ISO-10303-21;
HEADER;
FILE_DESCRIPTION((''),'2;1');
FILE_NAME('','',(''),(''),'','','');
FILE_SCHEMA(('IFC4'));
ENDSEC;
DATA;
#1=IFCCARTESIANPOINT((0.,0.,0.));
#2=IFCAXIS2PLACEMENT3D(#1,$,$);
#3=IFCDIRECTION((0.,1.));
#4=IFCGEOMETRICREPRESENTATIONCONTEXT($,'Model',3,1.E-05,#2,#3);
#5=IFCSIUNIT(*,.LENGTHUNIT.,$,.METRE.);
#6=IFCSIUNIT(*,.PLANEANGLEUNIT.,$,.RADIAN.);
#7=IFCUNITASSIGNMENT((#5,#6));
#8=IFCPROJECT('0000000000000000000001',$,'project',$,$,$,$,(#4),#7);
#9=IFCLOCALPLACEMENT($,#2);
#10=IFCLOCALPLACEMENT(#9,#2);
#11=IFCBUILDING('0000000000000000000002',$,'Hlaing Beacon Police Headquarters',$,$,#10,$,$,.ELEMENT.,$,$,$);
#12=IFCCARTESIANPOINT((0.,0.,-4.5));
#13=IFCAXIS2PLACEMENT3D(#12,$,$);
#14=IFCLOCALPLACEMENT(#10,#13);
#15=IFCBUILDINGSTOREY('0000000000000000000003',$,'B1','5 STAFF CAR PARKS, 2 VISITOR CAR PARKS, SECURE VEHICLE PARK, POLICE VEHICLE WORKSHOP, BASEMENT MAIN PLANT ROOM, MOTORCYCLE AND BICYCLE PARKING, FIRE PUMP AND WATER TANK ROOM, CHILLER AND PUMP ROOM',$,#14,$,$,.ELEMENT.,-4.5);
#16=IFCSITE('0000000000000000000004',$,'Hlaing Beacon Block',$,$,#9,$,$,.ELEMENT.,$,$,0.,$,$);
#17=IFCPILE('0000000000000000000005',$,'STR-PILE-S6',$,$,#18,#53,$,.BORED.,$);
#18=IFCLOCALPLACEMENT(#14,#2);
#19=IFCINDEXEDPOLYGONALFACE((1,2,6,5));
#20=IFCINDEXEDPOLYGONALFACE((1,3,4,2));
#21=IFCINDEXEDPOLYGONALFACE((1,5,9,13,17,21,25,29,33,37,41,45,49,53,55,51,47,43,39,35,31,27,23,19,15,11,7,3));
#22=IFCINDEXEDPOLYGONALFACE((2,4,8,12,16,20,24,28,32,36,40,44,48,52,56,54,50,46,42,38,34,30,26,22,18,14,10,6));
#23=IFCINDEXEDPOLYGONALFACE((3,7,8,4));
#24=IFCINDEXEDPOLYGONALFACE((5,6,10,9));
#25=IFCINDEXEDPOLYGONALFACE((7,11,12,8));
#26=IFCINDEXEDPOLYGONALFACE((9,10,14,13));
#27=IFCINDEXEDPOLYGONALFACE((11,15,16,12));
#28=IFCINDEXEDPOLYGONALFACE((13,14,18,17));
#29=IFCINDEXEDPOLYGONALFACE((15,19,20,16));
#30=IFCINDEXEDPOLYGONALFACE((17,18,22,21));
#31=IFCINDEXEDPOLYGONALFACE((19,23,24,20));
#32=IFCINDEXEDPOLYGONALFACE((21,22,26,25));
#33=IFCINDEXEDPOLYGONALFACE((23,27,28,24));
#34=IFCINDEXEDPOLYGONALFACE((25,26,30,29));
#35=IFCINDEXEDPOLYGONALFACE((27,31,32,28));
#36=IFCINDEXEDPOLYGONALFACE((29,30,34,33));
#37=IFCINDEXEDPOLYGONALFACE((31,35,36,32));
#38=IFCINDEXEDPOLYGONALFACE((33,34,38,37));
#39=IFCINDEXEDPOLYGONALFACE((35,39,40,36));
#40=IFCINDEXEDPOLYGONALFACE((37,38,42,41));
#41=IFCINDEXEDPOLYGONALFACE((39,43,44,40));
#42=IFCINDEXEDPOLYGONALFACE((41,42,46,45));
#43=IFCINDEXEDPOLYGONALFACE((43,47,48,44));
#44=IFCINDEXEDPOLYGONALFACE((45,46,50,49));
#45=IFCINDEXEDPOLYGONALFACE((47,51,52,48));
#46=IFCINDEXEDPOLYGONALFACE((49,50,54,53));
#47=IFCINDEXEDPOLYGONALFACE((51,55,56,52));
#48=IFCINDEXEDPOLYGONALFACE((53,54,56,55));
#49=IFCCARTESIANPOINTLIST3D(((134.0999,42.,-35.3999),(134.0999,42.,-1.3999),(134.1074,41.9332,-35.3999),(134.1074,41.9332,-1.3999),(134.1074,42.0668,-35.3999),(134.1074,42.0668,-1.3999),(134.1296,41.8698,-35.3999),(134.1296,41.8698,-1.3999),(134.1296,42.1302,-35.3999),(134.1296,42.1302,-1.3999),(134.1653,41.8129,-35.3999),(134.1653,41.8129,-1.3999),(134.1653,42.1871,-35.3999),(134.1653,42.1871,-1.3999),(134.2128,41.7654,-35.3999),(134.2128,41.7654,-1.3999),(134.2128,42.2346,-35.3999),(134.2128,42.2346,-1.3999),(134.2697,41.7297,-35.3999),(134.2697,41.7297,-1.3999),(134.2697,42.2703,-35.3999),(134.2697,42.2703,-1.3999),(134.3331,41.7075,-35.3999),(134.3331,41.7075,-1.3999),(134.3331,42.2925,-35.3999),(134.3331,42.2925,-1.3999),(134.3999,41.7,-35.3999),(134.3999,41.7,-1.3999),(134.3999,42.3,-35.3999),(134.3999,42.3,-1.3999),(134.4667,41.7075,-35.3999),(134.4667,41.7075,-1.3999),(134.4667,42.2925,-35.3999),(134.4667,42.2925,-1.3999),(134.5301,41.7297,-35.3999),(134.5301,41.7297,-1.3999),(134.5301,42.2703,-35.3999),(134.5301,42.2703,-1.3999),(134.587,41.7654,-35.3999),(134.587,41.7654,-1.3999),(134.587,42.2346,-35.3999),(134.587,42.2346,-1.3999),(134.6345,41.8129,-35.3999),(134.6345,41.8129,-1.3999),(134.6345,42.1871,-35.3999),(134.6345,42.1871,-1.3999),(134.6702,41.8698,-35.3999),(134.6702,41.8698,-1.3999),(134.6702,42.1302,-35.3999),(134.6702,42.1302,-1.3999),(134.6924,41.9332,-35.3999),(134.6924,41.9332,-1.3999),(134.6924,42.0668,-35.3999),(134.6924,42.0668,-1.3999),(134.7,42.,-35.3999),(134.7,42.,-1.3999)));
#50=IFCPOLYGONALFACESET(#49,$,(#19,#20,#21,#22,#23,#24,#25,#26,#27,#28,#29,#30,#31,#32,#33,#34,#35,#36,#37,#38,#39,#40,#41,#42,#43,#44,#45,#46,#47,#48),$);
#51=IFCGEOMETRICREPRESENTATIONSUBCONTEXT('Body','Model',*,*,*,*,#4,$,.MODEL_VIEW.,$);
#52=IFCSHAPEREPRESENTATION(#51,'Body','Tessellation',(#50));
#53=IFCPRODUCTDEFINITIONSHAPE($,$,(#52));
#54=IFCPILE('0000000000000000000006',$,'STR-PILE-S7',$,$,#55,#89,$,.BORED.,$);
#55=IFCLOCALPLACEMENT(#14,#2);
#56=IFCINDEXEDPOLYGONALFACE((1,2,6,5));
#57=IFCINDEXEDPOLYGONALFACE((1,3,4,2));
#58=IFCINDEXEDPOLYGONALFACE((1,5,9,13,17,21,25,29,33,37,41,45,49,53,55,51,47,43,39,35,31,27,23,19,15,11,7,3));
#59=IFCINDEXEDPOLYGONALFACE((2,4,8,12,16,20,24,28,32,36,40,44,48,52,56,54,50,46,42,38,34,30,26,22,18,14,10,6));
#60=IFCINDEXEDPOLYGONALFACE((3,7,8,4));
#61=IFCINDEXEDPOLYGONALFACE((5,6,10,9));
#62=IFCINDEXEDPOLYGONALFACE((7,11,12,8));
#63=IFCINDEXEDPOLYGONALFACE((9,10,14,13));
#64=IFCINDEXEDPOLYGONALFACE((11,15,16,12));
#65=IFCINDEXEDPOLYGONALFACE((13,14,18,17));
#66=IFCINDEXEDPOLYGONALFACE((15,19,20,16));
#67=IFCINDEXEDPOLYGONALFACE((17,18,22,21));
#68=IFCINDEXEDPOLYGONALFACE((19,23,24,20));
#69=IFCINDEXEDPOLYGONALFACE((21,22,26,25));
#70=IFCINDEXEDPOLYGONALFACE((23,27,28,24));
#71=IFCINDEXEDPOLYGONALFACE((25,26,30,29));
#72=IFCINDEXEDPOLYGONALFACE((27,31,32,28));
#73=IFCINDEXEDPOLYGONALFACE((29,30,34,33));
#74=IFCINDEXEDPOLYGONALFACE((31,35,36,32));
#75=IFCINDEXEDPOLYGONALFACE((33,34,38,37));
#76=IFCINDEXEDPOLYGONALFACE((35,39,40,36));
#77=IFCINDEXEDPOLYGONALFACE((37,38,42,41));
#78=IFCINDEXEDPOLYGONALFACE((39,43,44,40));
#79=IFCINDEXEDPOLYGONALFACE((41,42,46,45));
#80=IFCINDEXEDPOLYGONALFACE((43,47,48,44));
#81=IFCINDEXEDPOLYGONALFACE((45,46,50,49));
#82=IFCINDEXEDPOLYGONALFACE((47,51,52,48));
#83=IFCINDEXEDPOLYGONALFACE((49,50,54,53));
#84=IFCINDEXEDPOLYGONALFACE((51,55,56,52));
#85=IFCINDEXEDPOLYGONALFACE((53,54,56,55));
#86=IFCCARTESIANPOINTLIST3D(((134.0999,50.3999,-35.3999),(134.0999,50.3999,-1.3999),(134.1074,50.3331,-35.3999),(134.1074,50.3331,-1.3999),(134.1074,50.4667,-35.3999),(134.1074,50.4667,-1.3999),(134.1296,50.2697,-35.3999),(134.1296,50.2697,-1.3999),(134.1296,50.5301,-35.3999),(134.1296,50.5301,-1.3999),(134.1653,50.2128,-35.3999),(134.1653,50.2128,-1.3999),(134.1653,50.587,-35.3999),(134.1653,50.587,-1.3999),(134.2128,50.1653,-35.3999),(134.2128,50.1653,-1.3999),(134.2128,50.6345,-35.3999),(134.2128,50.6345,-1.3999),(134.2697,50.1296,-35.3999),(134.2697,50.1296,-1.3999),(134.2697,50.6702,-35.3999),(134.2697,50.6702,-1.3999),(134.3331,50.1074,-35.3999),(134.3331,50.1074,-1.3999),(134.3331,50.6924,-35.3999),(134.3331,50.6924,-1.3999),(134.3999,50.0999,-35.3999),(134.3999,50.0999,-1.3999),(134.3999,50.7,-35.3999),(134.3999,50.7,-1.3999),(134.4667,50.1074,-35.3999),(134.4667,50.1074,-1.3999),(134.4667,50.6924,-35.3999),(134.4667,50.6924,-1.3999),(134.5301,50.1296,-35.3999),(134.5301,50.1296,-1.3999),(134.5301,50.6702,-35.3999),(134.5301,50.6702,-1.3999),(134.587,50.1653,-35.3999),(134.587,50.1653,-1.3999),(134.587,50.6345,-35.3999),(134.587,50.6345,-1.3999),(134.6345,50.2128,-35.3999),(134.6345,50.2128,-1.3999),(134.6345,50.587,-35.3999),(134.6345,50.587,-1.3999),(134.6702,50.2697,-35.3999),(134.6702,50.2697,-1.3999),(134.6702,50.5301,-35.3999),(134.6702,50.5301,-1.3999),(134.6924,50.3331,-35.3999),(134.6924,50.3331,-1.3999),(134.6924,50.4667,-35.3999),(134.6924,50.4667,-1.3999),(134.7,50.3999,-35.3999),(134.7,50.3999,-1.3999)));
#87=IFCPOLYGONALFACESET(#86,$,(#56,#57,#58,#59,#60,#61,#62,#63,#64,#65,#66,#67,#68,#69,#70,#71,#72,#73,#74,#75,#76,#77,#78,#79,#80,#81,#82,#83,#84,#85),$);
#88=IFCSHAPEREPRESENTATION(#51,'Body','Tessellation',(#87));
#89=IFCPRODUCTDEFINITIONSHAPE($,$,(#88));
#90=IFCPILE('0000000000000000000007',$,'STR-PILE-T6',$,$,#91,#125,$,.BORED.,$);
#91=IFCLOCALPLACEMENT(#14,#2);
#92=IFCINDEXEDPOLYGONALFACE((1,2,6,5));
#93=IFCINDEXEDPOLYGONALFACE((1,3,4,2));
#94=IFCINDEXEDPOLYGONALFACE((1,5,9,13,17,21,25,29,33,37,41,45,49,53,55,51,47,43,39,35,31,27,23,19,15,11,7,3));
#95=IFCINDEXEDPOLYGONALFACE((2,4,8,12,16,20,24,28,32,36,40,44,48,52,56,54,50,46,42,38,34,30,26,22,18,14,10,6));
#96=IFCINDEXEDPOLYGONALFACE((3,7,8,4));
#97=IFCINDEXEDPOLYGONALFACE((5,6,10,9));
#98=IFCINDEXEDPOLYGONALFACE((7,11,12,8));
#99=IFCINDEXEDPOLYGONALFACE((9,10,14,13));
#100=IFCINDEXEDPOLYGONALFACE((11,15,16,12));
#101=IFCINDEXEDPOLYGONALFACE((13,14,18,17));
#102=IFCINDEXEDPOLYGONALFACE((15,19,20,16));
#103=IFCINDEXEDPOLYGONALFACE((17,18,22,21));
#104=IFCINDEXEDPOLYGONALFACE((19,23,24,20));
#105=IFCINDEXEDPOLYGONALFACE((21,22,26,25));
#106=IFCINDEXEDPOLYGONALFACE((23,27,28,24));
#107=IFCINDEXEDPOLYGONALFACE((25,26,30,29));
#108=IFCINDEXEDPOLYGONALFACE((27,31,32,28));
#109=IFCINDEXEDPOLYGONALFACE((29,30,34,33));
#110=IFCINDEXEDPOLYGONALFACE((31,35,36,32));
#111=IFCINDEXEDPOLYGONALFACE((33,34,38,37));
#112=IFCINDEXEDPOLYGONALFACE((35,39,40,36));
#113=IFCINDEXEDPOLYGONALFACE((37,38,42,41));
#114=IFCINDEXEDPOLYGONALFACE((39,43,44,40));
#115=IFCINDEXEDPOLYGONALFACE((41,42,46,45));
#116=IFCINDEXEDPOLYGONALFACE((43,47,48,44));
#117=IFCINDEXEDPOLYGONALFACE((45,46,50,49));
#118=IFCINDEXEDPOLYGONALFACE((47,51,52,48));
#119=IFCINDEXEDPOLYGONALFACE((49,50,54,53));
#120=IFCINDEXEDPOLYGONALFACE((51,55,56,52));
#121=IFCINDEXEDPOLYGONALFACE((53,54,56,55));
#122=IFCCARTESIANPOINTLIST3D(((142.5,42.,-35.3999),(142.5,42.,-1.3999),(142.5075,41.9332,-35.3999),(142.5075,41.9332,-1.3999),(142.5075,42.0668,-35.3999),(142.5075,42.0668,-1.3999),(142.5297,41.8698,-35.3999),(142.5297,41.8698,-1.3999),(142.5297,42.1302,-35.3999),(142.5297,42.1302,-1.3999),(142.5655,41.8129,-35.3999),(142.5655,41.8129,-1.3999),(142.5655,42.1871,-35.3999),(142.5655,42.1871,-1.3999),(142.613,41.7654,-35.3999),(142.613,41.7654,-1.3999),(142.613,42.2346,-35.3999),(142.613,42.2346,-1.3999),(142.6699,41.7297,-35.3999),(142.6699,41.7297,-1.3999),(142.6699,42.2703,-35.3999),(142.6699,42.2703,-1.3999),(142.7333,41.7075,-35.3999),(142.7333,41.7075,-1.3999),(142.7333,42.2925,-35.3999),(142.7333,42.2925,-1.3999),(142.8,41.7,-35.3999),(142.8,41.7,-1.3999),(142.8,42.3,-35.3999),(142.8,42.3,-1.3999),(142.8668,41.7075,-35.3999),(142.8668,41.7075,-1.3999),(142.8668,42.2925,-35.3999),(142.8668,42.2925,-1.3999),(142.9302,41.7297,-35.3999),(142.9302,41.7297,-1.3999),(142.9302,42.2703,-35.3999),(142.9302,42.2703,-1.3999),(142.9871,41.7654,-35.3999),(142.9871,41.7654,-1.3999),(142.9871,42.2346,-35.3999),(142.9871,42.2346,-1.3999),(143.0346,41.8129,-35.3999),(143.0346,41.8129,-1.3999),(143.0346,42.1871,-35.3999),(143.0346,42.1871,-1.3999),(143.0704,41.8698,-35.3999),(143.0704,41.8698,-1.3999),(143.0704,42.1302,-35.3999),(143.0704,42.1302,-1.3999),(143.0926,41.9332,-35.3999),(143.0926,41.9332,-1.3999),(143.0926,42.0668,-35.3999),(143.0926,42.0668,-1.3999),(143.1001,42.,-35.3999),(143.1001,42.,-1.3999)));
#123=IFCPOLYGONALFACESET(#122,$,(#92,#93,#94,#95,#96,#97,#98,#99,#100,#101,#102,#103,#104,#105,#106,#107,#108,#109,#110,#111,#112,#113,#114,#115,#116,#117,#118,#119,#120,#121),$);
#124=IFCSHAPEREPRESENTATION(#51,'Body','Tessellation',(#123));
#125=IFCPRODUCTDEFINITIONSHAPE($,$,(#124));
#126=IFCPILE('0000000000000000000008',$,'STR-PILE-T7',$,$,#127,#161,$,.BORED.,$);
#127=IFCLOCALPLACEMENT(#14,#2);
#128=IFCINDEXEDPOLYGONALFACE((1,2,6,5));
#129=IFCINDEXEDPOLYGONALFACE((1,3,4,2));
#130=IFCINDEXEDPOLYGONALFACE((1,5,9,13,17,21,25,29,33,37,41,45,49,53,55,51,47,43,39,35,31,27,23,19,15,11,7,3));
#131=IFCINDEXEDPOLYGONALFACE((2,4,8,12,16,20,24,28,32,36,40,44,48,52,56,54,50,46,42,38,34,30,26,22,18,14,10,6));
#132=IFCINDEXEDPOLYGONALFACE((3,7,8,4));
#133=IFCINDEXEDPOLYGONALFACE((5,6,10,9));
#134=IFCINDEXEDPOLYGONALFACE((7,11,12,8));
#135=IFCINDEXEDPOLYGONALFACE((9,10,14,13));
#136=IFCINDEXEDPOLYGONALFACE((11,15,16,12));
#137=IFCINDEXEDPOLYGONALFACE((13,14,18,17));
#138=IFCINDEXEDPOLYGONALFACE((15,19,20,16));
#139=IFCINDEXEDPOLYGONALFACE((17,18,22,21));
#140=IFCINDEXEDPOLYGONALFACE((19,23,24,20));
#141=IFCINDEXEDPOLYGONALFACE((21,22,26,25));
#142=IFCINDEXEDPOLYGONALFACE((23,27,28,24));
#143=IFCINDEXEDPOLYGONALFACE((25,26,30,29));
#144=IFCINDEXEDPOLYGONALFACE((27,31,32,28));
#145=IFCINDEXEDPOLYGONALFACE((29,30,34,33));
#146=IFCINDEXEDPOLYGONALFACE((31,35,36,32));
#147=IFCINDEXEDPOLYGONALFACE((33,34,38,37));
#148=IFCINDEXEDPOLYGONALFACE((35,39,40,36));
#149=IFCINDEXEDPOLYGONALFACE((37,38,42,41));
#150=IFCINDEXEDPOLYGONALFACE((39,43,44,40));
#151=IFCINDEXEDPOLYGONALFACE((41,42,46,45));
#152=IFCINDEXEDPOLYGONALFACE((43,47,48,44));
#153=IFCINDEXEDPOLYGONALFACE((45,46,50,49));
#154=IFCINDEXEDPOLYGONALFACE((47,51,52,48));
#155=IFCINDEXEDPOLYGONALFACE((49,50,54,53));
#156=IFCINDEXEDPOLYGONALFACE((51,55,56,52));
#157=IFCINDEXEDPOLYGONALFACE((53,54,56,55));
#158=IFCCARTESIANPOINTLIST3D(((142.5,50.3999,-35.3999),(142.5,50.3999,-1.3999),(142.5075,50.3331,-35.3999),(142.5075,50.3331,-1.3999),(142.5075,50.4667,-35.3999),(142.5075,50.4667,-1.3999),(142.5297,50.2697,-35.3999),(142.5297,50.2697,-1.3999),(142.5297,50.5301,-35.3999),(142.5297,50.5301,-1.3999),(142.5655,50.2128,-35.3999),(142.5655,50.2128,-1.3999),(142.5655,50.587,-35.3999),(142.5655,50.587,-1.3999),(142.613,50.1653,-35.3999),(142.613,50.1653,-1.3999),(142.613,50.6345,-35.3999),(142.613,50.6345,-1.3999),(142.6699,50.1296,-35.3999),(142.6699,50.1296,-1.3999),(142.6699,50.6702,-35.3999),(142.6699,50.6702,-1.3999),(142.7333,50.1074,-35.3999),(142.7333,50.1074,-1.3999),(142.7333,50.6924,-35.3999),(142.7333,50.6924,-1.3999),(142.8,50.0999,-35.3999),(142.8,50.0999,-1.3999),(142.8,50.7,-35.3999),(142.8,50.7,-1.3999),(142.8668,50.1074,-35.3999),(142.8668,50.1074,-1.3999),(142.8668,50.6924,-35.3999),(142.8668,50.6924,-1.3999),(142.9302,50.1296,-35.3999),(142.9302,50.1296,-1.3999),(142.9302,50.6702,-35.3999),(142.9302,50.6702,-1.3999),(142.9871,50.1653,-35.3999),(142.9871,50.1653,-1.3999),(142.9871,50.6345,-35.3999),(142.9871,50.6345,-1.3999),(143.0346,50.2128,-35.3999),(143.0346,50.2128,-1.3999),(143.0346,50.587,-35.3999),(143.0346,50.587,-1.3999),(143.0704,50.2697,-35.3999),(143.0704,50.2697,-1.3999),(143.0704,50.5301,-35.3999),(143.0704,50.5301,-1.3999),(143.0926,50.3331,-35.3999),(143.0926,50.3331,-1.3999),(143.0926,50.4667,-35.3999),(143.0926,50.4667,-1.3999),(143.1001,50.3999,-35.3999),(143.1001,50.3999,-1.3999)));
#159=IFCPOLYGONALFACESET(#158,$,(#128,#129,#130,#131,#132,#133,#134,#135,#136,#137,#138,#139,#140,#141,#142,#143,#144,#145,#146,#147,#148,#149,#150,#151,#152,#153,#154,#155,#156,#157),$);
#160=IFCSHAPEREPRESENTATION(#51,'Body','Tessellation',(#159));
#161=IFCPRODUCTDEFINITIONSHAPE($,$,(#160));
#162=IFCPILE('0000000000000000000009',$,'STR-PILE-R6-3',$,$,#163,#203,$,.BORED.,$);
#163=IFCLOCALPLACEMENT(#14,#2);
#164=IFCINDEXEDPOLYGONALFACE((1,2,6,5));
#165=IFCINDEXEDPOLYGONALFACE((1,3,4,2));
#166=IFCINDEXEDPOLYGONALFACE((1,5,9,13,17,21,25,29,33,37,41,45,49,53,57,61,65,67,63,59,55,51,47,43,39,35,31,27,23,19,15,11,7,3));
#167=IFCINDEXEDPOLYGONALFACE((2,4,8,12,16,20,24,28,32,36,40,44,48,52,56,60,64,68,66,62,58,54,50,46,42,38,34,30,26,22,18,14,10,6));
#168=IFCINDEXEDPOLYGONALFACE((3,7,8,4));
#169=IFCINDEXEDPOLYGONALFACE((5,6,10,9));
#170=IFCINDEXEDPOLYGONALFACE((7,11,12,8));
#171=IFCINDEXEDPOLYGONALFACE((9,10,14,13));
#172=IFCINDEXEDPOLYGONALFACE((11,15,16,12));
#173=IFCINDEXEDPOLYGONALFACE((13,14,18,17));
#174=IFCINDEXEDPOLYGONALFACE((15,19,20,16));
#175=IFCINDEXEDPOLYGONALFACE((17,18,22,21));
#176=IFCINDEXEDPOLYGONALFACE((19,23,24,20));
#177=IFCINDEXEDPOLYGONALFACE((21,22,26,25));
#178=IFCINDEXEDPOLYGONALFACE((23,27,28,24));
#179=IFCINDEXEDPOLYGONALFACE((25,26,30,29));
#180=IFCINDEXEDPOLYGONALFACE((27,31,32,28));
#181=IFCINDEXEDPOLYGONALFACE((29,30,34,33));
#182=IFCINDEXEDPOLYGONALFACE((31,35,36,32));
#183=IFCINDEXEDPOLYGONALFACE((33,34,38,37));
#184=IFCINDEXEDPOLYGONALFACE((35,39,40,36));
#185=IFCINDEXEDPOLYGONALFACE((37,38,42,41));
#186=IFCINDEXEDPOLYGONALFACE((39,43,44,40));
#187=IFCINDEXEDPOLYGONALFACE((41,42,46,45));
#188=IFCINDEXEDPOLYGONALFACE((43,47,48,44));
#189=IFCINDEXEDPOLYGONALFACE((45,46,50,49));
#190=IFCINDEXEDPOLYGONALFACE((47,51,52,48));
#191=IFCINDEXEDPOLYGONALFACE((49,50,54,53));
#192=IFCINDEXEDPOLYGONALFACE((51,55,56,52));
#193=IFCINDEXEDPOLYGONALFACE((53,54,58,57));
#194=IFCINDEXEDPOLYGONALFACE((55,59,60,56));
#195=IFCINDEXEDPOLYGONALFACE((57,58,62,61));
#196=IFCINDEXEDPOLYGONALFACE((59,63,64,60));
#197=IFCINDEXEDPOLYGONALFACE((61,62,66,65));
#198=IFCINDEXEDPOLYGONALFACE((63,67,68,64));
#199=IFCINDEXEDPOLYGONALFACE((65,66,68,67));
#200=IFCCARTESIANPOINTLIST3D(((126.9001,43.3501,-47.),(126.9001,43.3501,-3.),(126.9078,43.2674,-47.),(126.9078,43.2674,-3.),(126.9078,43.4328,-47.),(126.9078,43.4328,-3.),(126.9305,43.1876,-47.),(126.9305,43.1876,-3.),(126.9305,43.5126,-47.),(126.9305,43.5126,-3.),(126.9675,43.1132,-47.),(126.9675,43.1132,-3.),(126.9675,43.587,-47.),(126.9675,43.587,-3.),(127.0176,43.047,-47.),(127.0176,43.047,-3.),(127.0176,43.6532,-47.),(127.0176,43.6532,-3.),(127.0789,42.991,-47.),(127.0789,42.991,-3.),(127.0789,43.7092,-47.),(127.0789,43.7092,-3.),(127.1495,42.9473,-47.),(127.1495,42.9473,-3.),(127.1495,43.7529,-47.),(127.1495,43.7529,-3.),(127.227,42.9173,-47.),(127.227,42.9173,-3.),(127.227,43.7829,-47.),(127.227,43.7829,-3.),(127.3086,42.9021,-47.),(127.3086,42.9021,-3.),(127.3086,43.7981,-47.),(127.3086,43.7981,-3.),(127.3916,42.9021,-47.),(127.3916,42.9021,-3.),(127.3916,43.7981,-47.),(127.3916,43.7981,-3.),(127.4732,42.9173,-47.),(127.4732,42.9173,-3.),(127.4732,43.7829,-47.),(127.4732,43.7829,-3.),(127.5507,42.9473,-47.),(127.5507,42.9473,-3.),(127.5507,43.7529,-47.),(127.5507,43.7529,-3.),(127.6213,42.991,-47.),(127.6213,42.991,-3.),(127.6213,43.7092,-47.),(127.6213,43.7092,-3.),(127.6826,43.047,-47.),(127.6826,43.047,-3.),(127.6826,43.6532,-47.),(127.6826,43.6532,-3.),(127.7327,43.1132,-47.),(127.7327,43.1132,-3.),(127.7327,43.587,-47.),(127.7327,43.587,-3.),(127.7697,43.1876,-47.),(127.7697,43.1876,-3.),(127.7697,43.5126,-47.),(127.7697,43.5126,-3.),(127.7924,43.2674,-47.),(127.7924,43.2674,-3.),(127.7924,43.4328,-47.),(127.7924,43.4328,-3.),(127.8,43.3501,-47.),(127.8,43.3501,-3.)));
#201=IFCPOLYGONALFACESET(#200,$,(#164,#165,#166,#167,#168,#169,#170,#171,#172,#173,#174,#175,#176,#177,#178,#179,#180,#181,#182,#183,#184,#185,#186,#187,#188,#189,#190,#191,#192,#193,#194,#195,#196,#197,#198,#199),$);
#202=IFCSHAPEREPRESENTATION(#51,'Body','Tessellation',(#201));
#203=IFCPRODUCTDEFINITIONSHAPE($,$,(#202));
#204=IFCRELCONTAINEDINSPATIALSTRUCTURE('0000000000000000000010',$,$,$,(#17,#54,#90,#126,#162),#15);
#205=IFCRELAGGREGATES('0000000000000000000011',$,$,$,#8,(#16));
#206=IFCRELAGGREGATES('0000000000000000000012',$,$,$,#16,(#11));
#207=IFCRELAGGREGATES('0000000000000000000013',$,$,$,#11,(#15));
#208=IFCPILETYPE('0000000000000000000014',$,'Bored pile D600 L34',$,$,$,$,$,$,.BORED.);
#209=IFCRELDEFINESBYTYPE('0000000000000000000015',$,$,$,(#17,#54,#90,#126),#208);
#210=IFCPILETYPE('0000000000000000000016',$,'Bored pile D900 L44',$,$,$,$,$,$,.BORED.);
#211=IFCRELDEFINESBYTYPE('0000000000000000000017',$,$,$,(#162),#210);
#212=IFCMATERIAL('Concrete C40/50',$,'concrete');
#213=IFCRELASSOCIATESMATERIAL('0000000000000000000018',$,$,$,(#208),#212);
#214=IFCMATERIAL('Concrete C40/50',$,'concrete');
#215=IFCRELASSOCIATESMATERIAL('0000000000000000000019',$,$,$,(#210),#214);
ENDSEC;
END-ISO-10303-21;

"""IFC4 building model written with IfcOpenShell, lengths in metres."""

from ifc_helpers import new_model, si_unit, direction, frame, origin, origin_2d, place, context, subcontext, project, spatial, circle, extrude, material, material_profile, profile_set, type_object, element, save


model = new_model("IFC4")

# Units and contexts
model_context = context("Model", 3, precision=1e-05, world=origin(), true_north=direction((0.0, 1.0)))
body_context = subcontext(model_context, "Body", "Model", "MODEL_VIEW")
ifc_project = project(units=[si_unit("LENGTHUNIT", "METRE"), si_unit("PLANEANGLEUNIT", "RADIAN")], contexts=[model_context])

# Site, building, storey
site_placement = place(None, origin())
site = spatial("IfcSite", under=ifc_project, at=site_placement, Name="Hlaing Beacon Block", CompositionType="ELEMENT", RefElevation=0.0)
building_placement = place(site_placement, origin())
building = spatial("IfcBuilding", under=site, at=building_placement, Name="Hlaing Beacon Police Headquarters", CompositionType="ELEMENT")
storey_placement = place(building_placement, frame((0.0, 0.0, -4.5)))
storey = spatial("IfcBuildingStorey", under=building, at=storey_placement, Name="B1", Description="5 STAFF CAR PARKS, 2 VISITOR CAR PARKS, SECURE VEHICLE PARK, POLICE VEHICLE WORKSHOP, BASEMENT MAIN PLANT ROOM, MOTORCYCLE AND BICYCLE PARKING, FIRE PUMP AND WATER TANK ROOM, CHILLER AND PUMP ROOM", CompositionType="ELEMENT", Elevation=-4.5)

# Piles
ifc_material_1 = material(Name="Concrete C40/50", Category="concrete")
ifc_material_profile_1 = material_profile(ifc_material_1, circle(Radius=0.3, at=origin_2d()), Name="D600")
ifc_profile_set_1 = profile_set([ifc_material_profile_1], Name="Concrete C40/50")
pile_type_1 = type_object("IfcPileType", Name="Bored pile D600 L34", PredefinedType="BORED", material=ifc_profile_set_1)
for number, where, z_axis, x_axis, name in (
    (1, (134.3999, 42.0, -1.3999), (0.0, 0.0, -1.0), (1.0, 0.0, 0.0), "STR-PILE-S6"),
    (2, (134.3999, 50.3999, -1.3999), (0.0, 0.0, -1.0), (1.0, 0.0, 0.0), "STR-PILE-S7"),
    (3, (142.8, 42.0, -1.3999), (0.0, 0.0, -1.0), (1.0, 0.0, 0.0), "STR-PILE-T6"),
    (4, (142.8, 50.3999, -1.3999), (0.0, 0.0, -1.0), (1.0, 0.0, 0.0), "STR-PILE-T7"),
):
    element("IfcPile", number, at=place(storey_placement, frame(where, z_axis=z_axis, x_axis=x_axis)), inside=storey, type_object=pile_type_1, Name=name, PredefinedType="BORED", context=body_context, shape_type="SweptSolid", body=[
        extrude(circle(Radius=0.3, at=origin_2d()), origin(), (0.0, 0.0, 1.0), 34.0),
    ])
ifc_material_2 = material(Name="Concrete C40/50", Category="concrete")
ifc_material_profile_2 = material_profile(ifc_material_2, circle(Radius=0.45, at=origin_2d()), Name="D900")
ifc_profile_set_2 = profile_set([ifc_material_profile_2], Name="Concrete C40/50")
pile_type_2 = type_object("IfcPileType", Name="Bored pile D900 L44", PredefinedType="BORED", material=ifc_profile_set_2)
for number, where, z_axis, x_axis, name in (
    (5, (127.3501, 43.3501, -3.0), (0.0, 0.0, -1.0), (1.0, 0.0, 0.0), "STR-PILE-R6-3"),
):
    element("IfcPile", number, at=place(storey_placement, frame(where, z_axis=z_axis, x_axis=x_axis)), inside=storey, type_object=pile_type_2, Name=name, PredefinedType="BORED", context=body_context, shape_type="SweptSolid", body=[
        extrude(circle(Radius=0.45, at=origin_2d()), origin(), (0.0, 0.0, 1.0), 44.0),
    ])

save(model, "model.ifc")
